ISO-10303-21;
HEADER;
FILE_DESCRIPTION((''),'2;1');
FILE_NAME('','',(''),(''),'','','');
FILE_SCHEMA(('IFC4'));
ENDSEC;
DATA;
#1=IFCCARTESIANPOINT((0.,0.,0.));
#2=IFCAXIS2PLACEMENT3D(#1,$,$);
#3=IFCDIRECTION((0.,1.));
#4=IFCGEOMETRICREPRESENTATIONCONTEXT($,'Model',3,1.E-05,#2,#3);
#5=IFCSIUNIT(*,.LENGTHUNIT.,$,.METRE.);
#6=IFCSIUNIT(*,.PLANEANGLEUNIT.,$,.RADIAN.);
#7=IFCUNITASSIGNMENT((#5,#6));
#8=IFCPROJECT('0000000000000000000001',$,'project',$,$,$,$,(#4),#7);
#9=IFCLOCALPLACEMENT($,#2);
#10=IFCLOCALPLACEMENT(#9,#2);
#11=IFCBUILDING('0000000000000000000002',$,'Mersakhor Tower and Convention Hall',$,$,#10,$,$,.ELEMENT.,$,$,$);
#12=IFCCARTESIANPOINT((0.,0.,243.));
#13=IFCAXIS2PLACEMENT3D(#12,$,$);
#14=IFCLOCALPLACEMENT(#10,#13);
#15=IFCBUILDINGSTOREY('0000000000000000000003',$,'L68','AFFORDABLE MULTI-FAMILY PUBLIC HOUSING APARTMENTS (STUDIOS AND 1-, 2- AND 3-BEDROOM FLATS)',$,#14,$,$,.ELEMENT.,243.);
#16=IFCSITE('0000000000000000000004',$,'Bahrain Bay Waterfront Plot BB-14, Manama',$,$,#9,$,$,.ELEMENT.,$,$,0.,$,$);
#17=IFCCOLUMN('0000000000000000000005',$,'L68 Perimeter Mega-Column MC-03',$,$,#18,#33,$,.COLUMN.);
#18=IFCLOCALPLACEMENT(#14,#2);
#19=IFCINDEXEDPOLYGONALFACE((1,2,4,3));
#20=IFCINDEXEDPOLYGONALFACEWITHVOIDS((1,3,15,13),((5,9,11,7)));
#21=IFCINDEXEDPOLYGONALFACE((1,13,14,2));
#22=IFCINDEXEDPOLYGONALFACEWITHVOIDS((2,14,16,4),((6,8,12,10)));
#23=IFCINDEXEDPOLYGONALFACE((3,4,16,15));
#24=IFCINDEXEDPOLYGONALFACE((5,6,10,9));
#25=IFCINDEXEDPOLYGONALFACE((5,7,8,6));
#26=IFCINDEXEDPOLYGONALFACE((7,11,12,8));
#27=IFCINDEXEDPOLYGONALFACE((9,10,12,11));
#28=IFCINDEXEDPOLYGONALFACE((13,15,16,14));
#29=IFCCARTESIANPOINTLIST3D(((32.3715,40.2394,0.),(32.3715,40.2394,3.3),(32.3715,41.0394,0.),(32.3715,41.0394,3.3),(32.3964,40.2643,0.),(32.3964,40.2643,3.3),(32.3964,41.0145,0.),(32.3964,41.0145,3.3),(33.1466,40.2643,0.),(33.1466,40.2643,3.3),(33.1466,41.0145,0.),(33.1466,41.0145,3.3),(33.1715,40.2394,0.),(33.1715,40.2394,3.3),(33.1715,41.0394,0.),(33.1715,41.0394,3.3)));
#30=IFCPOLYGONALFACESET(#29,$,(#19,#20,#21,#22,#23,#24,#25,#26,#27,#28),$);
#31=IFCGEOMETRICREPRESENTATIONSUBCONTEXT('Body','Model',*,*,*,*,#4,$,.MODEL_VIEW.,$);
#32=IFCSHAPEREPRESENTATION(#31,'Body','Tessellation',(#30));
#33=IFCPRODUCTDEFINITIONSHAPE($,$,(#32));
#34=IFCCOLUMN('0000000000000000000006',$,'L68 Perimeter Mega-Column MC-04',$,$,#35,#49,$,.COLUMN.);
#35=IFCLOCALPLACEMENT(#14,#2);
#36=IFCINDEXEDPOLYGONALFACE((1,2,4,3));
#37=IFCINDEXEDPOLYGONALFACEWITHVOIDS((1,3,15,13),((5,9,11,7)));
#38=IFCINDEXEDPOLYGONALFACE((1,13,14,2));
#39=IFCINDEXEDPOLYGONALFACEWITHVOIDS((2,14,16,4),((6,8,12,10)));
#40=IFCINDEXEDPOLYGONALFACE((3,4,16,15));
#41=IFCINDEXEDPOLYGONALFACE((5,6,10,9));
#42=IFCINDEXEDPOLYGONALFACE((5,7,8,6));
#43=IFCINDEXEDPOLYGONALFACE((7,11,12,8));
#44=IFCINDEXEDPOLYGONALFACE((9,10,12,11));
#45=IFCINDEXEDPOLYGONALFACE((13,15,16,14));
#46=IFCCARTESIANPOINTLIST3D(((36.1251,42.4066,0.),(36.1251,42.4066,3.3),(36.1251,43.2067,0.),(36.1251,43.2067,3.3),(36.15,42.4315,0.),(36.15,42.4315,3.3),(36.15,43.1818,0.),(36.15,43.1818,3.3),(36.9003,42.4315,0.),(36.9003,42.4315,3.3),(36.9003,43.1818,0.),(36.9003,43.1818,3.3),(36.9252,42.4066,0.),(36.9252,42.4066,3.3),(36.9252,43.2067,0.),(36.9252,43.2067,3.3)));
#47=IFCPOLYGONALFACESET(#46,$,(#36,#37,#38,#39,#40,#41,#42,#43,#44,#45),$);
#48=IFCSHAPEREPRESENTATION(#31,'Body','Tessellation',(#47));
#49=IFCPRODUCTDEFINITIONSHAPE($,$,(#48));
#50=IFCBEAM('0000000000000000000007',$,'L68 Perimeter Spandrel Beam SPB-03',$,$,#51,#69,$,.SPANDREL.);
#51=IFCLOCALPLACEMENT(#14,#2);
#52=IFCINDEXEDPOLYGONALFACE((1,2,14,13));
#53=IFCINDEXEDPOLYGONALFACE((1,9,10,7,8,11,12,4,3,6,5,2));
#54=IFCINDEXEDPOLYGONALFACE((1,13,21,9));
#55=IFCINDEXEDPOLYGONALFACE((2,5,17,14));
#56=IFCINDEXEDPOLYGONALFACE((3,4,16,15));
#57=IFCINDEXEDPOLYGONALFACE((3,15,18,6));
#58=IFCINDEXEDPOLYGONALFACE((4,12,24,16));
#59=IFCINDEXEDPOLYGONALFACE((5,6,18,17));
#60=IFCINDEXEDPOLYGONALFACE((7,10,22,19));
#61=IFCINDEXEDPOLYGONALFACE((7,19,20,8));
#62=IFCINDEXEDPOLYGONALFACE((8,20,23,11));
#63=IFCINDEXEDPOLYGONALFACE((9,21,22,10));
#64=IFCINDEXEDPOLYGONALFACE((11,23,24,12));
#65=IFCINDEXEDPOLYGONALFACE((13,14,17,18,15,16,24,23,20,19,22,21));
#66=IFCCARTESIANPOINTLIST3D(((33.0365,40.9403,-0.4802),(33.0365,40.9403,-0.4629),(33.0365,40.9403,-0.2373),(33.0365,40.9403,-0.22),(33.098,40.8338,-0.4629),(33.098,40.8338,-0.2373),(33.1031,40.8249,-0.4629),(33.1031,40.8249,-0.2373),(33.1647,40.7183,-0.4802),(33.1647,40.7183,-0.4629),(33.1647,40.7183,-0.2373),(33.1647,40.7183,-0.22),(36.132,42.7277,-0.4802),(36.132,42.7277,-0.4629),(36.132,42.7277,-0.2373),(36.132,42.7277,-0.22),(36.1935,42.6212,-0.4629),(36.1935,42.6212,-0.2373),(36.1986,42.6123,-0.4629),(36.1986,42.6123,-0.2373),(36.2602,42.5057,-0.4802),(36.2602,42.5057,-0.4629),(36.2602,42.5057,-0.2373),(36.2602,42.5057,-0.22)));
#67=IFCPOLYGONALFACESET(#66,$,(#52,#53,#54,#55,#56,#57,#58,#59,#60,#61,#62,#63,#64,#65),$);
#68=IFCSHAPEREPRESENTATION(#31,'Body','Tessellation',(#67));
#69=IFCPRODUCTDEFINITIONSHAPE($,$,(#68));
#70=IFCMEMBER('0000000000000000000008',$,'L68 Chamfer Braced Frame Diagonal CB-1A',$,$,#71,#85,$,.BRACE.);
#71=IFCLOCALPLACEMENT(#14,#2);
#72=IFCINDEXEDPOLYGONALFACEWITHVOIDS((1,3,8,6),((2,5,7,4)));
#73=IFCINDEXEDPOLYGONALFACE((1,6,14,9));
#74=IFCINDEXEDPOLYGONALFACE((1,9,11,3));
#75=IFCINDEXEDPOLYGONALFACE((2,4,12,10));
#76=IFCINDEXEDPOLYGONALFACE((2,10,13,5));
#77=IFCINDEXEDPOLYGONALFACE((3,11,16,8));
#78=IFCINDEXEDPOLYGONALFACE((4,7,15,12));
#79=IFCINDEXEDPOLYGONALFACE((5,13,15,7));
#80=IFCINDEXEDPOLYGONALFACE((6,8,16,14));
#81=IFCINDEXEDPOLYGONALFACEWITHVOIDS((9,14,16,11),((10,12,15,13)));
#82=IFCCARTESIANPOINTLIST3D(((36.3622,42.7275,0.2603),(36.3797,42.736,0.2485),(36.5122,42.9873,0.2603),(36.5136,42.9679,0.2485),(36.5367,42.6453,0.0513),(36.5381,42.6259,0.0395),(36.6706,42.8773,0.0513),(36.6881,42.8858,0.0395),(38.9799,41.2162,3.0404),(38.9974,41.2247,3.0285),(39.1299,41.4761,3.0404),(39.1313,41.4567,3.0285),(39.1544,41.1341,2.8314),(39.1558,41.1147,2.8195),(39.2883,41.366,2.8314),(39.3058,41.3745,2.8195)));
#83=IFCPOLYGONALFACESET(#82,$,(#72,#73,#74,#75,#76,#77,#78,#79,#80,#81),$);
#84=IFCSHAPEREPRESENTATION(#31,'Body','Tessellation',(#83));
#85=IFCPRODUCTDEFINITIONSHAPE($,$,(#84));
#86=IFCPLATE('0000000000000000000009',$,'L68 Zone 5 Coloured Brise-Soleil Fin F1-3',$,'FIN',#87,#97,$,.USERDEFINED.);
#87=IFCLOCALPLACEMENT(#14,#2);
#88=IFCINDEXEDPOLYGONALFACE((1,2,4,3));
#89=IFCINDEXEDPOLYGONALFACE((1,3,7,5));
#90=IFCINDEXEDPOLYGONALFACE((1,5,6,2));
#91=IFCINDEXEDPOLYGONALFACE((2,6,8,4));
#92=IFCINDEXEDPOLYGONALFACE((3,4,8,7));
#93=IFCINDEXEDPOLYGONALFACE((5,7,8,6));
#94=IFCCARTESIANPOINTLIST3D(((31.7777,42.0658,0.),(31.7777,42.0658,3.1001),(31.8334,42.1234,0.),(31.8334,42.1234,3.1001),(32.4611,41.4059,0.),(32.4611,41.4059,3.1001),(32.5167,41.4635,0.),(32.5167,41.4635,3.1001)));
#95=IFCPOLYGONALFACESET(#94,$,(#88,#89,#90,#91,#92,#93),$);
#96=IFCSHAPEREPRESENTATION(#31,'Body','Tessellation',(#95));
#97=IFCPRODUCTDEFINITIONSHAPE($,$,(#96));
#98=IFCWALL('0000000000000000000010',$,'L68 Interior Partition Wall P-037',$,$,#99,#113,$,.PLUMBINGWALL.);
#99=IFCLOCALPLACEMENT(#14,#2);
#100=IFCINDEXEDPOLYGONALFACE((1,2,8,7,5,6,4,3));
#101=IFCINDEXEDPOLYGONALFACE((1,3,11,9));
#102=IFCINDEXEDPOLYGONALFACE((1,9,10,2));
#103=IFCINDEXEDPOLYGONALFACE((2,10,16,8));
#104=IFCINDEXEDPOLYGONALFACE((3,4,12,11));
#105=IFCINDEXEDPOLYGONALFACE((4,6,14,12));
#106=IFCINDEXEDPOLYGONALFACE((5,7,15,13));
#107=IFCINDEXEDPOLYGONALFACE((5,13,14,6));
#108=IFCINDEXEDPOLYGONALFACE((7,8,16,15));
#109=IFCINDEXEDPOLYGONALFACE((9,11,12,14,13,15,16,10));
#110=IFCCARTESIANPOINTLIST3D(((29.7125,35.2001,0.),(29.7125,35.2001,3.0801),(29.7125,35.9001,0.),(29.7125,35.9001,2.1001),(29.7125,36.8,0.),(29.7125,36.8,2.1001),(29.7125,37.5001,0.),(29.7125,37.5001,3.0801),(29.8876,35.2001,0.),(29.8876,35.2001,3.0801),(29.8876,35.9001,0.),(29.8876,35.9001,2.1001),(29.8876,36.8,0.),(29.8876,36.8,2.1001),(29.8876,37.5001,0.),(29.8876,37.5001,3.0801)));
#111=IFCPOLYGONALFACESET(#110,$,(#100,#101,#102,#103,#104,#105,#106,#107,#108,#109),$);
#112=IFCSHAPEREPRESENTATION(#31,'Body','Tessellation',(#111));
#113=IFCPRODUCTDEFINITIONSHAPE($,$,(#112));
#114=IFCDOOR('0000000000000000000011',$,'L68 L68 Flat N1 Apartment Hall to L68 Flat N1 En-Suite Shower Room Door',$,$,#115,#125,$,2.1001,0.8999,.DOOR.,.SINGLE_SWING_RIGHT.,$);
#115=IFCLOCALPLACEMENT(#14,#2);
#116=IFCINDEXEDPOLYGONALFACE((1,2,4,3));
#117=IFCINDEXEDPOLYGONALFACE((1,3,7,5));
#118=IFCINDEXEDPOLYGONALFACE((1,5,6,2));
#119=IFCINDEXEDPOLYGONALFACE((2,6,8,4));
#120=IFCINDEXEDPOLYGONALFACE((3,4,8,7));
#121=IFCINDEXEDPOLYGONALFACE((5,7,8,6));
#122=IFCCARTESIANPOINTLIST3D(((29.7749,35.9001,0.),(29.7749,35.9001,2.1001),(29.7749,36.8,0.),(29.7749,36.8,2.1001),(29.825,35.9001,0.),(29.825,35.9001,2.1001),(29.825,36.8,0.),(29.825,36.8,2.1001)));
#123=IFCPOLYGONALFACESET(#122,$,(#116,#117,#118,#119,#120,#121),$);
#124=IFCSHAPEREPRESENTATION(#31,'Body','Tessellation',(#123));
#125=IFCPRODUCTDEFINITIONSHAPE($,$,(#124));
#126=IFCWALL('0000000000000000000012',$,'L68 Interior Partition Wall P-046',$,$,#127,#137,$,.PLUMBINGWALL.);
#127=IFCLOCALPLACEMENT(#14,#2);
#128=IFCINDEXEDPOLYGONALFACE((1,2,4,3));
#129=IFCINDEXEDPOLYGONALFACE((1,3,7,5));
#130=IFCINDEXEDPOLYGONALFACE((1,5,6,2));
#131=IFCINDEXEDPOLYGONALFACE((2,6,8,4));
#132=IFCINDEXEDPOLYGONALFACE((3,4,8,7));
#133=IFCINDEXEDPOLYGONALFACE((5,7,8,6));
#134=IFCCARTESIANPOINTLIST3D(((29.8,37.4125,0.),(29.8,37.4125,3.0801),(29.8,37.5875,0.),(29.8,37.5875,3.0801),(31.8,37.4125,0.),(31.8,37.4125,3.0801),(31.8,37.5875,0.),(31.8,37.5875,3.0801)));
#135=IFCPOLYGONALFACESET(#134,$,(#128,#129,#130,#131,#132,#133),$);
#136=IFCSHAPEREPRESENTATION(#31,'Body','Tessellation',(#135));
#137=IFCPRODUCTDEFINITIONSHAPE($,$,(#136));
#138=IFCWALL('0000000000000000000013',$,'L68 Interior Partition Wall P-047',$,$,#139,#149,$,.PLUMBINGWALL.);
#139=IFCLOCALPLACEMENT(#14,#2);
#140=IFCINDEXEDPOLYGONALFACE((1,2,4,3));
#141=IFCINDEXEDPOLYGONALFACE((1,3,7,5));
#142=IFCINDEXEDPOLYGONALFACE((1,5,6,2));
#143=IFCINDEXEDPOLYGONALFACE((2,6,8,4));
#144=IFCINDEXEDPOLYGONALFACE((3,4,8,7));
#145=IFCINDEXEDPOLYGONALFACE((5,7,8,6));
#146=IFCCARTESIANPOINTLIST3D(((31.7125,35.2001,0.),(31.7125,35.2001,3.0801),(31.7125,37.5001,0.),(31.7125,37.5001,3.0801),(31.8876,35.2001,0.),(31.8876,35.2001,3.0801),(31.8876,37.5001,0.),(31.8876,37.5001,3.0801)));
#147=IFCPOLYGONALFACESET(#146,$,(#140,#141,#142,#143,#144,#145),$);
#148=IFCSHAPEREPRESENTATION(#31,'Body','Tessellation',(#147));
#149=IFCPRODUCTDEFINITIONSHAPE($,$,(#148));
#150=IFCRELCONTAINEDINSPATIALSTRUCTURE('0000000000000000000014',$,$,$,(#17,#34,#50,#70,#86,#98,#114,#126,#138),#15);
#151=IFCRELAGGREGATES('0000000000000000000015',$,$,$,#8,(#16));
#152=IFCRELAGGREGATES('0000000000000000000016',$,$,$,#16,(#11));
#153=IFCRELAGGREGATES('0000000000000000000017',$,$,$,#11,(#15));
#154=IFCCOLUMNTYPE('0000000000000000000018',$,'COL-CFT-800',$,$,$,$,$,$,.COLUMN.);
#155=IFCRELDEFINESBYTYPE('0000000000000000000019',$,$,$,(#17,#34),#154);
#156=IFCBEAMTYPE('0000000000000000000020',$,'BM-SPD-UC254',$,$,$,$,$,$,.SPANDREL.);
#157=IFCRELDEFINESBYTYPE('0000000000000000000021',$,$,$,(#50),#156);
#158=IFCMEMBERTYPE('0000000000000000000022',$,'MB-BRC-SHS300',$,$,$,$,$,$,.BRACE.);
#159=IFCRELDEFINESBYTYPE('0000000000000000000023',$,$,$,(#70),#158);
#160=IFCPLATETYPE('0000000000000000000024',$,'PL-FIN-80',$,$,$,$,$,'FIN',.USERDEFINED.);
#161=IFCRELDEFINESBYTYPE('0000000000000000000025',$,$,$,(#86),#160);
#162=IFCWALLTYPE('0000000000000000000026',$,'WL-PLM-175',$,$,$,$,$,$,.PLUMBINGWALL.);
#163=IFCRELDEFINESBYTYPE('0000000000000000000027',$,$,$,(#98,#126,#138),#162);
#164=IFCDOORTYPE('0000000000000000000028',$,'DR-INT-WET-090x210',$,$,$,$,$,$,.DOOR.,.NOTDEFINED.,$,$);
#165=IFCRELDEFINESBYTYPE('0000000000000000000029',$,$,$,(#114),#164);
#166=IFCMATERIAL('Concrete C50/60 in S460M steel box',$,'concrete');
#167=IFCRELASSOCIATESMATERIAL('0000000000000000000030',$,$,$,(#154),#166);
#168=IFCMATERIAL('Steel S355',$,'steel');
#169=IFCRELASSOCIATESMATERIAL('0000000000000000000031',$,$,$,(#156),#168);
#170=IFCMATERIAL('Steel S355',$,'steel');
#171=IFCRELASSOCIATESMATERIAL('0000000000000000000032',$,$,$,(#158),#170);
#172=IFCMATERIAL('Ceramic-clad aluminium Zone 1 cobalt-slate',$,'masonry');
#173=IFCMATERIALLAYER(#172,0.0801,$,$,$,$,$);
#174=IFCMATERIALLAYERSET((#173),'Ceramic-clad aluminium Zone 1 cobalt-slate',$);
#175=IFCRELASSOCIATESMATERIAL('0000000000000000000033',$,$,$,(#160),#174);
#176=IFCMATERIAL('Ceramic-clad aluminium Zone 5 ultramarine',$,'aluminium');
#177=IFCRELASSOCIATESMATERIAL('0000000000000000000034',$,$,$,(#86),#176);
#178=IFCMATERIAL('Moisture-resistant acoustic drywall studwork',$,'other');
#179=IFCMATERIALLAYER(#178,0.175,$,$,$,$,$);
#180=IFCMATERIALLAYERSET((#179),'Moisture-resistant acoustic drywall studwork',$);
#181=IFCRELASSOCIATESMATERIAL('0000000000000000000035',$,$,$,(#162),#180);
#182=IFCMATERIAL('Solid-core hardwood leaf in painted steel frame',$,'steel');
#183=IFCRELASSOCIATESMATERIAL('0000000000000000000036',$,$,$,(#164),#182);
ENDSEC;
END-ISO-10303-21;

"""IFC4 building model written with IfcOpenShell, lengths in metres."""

from ifc_helpers import new_model, si_unit, direction, frame, frame_2d, origin, origin_2d, place, context, subcontext, project, spatial, rectangle, hollow_rectangle, i_section, extrude, material, layer, layer_set, material_profile, profile_set, type_object, element, fill, save


model = new_model("IFC4")

# Units and contexts
model_context = context("Model", 3, precision=1e-05, world=origin(), true_north=direction((0.0, 1.0)))
body_context = subcontext(model_context, "Body", "Model", "MODEL_VIEW")
ifc_project = project(units=[si_unit("LENGTHUNIT", "METRE"), si_unit("PLANEANGLEUNIT", "RADIAN")], contexts=[model_context])

# Site, building, storey
site_placement = place(None, origin())
site = spatial("IfcSite", under=ifc_project, at=site_placement, Name="Bahrain Bay Waterfront Plot BB-14, Manama", CompositionType="ELEMENT", RefElevation=0.0)
building_placement = place(site_placement, origin())
building = spatial("IfcBuilding", under=site, at=building_placement, Name="Mersakhor Tower and Convention Hall", CompositionType="ELEMENT")
storey_placement = place(building_placement, frame((0.0, 0.0, 243.0)))
storey = spatial("IfcBuildingStorey", under=building, at=storey_placement, Name="L68", Description="AFFORDABLE MULTI-FAMILY PUBLIC HOUSING APARTMENTS (STUDIOS AND 1-, 2- AND 3-BEDROOM FLATS)", CompositionType="ELEMENT", Elevation=243.0)

# Columns
ifc_material_1 = material(Name="Concrete C50/60 in S460M steel box", Category="concrete")
ifc_material_profile_1 = material_profile(ifc_material_1, hollow_rectangle(XDim=0.8, YDim=0.8, WallThickness=0.0249, at=origin_2d()), Name="SHS 800x800x25")
ifc_profile_set_1 = profile_set([ifc_material_profile_1], Name="Concrete C50/60 in S460M steel box")
column_type = type_object("IfcColumnType", Name="COL-CFT-800", PredefinedType="COLUMN", material=ifc_profile_set_1)
for number, where, z_axis, x_axis, name in (
    (1, (32.7715, 40.6394, 0.0), (0.0, 0.0, 1.0), (1.0, 0.0, 0.0), "L68 Perimeter Mega-Column MC-03"),
    (2, (36.5251, 42.8066, 0.0), (0.0, 0.0, 1.0), (1.0, 0.0, 0.0), "L68 Perimeter Mega-Column MC-04"),
):
    element("IfcColumn", number, at=place(storey_placement, frame(where, z_axis=z_axis, x_axis=x_axis)), inside=storey, type_object=column_type, Name=name, PredefinedType="COLUMN", context=body_context, shape_type="SweptSolid", body=[
        extrude(hollow_rectangle(XDim=0.8, YDim=0.8, WallThickness=0.0249, at=origin_2d()), origin(), (0.0, 0.0, 1.0), 3.3),
    ])

# Beam
ifc_material_2 = material(Name="Steel S355", Category="steel")
ifc_material_profile_2 = material_profile(ifc_material_2, i_section(OverallWidth=0.2563, OverallDepth=0.2603, WebThickness=0.0103, FlangeThickness=0.0173, at=origin_2d()), Name="UC 254x254x89")
ifc_profile_set_2 = profile_set([ifc_material_profile_2], Name="Steel S355")
beam_type = type_object("IfcBeamType", Name="BM-SPD-UC254", PredefinedType="SPANDREL", material=ifc_profile_set_2)
beam_placement = place(storey_placement, frame((33.1006, 40.8293, -0.3501), z_axis=(0.866002, 0.50004, 0.0), x_axis=(-0.50004, 0.866002, 0.0)))
element("IfcBeam", 3, at=beam_placement, inside=storey, type_object=beam_type, Name="L68 Perimeter Spandrel Beam SPB-03", PredefinedType="SPANDREL", context=body_context, shape_type="SweptSolid", body=[
    extrude(i_section(OverallWidth=0.2563, OverallDepth=0.2603, WebThickness=0.0103, FlangeThickness=0.0173, at=origin_2d()), origin(), (0.0, 0.0, 1.0), 3.5745),
])

# Member
ifc_material_3 = material(Name="Steel S355", Category="steel")
ifc_material_profile_3 = material_profile(ifc_material_3, hollow_rectangle(XDim=0.3, YDim=0.3, WallThickness=0.0161, at=origin_2d()), Name="SHS 300x300x16")
ifc_profile_set_3 = profile_set([ifc_material_profile_3], Name="Steel S355")
member_type = type_object("IfcMemberType", Name="MB-BRC-SHS300", PredefinedType="BRACE", material=ifc_profile_set_3)
member_placement = place(storey_placement, frame((36.5251, 42.8066, 0.1499), z_axis=(0.637423, -0.367996, 0.676957), x_axis=(0.499979, 0.866038, 0.0)))
element("IfcMember", 4, at=member_placement, inside=storey, type_object=member_type, Name="L68 Chamfer Braced Frame Diagonal CB-1A", PredefinedType="BRACE", context=body_context, shape_type="SweptSolid", body=[
    extrude(hollow_rectangle(XDim=0.3, YDim=0.3, WallThickness=0.0161, at=origin_2d()), origin(), (0.0, 0.0, 1.0), 4.1067),
])

# Plate
ifc_material_4 = material(Name="Ceramic-clad aluminium Zone 5 ultramarine", Category="aluminium")
ifc_material_5 = material(Name="Ceramic-clad aluminium Zone 1 cobalt-slate", Category="masonry")
ifc_layer_1 = layer(ifc_material_5, 0.0801)
ifc_layer_set_1 = layer_set([ifc_layer_1], Name="Ceramic-clad aluminium Zone 1 cobalt-slate")
plate_type = type_object("IfcPlateType", Name="PL-FIN-80", ElementType="FIN", PredefinedType="USERDEFINED", material=ifc_layer_set_1)
plate_placement = place(storey_placement, frame((32.1472, 41.7646, 0.0), z_axis=(0.0, 0.0, 1.0), x_axis=(-0.71934, 0.694658, 0.0)))
element("IfcPlate", 5, at=plate_placement, inside=storey, type_object=plate_type, material=ifc_material_4, Name="L68 Zone 5 Coloured Brise-Soleil Fin F1-3", ObjectType="FIN", PredefinedType="USERDEFINED", context=body_context, shape_type="SweptSolid", body=[
    extrude(rectangle(XDim=0.95, YDim=0.0801, at=origin_2d()), origin(), (0.0, 0.0, 1.0), 3.1001),
])

# Wall, opening, door
ifc_material_6 = material(Name="Moisture-resistant acoustic drywall studwork", Category="other")
ifc_layer_2 = layer(ifc_material_6, 0.175)
ifc_layer_set_2 = layer_set([ifc_layer_2], Name="Moisture-resistant acoustic drywall studwork")
wall_type_1 = type_object("IfcWallType", Name="WL-PLM-175", PredefinedType="PLUMBINGWALL", material=ifc_layer_set_2)
wall_1_placement = place(storey_placement, frame((29.8, 37.5, 0.0), z_axis=(0.0, 0.0, 1.0), x_axis=(0.0, -1.0, 0.0)))
wall_1 = element("IfcWall", 6, at=wall_1_placement, inside=storey, type_object=wall_type_1, Name="L68 Interior Partition Wall P-037", PredefinedType="PLUMBINGWALL", context=body_context, shape_type="SweptSolid", body=[
    extrude(rectangle(XDim=2.3, YDim=0.175, at=frame_2d((1.1499, 0.0))), origin(), (0.0, 0.0, 1.0), 3.0801),
])
opening_1_placement = place(wall_1_placement, frame((0.7, 0.0, 0.0)))
opening_1 = element("IfcOpeningElement", 7, at=opening_1_placement, cuts=wall_1, PredefinedType="OPENING", context=body_context, shape_type="SweptSolid", body=[
    extrude(rectangle(XDim=0.8999, YDim=2.1001, at=frame_2d((0.45, 1.05))), frame((0.0, 0.0974, 0.0), z_axis=(0.0, -1.0, 0.0), x_axis=(1.0, 0.0, 0.0)), (0.0, 0.0, 1.0), 0.1951),
])
ifc_material_7 = material(Name="Solid-core hardwood leaf in painted steel frame", Category="steel")
door_type_1 = type_object("IfcDoorType", Name="DR-INT-WET-090x210", OperationType="NOTDEFINED", PredefinedType="DOOR", material=ifc_material_7)
door_1_placement = place(opening_1_placement, origin())
door_1 = element("IfcDoor", 8, at=door_1_placement, inside=storey, type_object=door_type_1, Name="L68 L68 Flat N1 Apartment Hall to L68 Flat N1 En-Suite Shower Room Door", OperationType="SINGLE_SWING_RIGHT", OverallHeight=2.1001, OverallWidth=0.8999, PredefinedType="DOOR", context=body_context, shape_type="SweptSolid", body=[
    extrude(rectangle(XDim=0.8999, YDim=2.1001, at=frame_2d((0.45, 1.05))), frame((0.0, 0.0249, 0.0), z_axis=(0.0, -1.0, 0.0), x_axis=(1.0, 0.0, 0.0)), (0.0, 0.0, 1.0), 0.05),
])
fill(opening_1, door_1)

# Walls
wall_2_placement = place(storey_placement, frame((29.8, 37.5, 0.0), z_axis=(0.0, 0.0, 1.0), x_axis=(1.0, 0.0, 0.0)))
element("IfcWall", 9, at=wall_2_placement, inside=storey, type_object=wall_type_1, Name="L68 Interior Partition Wall P-046", PredefinedType="PLUMBINGWALL", context=body_context, shape_type="SweptSolid", body=[
    extrude(rectangle(XDim=2.0, YDim=0.175, at=frame_2d((1.0, 0.0))), origin(), (0.0, 0.0, 1.0), 3.0801),
])
wall_3_placement = place(storey_placement, frame((31.8, 37.5, 0.0), z_axis=(0.0, 0.0, 1.0), x_axis=(0.0, -1.0, 0.0)))
element("IfcWall", 10, at=wall_3_placement, inside=storey, type_object=wall_type_1, Name="L68 Interior Partition Wall P-047", PredefinedType="PLUMBINGWALL", context=body_context, shape_type="SweptSolid", body=[
    extrude(rectangle(XDim=2.3, YDim=0.175, at=frame_2d((1.1499, 0.0))), origin(), (0.0, 0.0, 1.0), 3.0801),
])

save(model, "model.ifc")
